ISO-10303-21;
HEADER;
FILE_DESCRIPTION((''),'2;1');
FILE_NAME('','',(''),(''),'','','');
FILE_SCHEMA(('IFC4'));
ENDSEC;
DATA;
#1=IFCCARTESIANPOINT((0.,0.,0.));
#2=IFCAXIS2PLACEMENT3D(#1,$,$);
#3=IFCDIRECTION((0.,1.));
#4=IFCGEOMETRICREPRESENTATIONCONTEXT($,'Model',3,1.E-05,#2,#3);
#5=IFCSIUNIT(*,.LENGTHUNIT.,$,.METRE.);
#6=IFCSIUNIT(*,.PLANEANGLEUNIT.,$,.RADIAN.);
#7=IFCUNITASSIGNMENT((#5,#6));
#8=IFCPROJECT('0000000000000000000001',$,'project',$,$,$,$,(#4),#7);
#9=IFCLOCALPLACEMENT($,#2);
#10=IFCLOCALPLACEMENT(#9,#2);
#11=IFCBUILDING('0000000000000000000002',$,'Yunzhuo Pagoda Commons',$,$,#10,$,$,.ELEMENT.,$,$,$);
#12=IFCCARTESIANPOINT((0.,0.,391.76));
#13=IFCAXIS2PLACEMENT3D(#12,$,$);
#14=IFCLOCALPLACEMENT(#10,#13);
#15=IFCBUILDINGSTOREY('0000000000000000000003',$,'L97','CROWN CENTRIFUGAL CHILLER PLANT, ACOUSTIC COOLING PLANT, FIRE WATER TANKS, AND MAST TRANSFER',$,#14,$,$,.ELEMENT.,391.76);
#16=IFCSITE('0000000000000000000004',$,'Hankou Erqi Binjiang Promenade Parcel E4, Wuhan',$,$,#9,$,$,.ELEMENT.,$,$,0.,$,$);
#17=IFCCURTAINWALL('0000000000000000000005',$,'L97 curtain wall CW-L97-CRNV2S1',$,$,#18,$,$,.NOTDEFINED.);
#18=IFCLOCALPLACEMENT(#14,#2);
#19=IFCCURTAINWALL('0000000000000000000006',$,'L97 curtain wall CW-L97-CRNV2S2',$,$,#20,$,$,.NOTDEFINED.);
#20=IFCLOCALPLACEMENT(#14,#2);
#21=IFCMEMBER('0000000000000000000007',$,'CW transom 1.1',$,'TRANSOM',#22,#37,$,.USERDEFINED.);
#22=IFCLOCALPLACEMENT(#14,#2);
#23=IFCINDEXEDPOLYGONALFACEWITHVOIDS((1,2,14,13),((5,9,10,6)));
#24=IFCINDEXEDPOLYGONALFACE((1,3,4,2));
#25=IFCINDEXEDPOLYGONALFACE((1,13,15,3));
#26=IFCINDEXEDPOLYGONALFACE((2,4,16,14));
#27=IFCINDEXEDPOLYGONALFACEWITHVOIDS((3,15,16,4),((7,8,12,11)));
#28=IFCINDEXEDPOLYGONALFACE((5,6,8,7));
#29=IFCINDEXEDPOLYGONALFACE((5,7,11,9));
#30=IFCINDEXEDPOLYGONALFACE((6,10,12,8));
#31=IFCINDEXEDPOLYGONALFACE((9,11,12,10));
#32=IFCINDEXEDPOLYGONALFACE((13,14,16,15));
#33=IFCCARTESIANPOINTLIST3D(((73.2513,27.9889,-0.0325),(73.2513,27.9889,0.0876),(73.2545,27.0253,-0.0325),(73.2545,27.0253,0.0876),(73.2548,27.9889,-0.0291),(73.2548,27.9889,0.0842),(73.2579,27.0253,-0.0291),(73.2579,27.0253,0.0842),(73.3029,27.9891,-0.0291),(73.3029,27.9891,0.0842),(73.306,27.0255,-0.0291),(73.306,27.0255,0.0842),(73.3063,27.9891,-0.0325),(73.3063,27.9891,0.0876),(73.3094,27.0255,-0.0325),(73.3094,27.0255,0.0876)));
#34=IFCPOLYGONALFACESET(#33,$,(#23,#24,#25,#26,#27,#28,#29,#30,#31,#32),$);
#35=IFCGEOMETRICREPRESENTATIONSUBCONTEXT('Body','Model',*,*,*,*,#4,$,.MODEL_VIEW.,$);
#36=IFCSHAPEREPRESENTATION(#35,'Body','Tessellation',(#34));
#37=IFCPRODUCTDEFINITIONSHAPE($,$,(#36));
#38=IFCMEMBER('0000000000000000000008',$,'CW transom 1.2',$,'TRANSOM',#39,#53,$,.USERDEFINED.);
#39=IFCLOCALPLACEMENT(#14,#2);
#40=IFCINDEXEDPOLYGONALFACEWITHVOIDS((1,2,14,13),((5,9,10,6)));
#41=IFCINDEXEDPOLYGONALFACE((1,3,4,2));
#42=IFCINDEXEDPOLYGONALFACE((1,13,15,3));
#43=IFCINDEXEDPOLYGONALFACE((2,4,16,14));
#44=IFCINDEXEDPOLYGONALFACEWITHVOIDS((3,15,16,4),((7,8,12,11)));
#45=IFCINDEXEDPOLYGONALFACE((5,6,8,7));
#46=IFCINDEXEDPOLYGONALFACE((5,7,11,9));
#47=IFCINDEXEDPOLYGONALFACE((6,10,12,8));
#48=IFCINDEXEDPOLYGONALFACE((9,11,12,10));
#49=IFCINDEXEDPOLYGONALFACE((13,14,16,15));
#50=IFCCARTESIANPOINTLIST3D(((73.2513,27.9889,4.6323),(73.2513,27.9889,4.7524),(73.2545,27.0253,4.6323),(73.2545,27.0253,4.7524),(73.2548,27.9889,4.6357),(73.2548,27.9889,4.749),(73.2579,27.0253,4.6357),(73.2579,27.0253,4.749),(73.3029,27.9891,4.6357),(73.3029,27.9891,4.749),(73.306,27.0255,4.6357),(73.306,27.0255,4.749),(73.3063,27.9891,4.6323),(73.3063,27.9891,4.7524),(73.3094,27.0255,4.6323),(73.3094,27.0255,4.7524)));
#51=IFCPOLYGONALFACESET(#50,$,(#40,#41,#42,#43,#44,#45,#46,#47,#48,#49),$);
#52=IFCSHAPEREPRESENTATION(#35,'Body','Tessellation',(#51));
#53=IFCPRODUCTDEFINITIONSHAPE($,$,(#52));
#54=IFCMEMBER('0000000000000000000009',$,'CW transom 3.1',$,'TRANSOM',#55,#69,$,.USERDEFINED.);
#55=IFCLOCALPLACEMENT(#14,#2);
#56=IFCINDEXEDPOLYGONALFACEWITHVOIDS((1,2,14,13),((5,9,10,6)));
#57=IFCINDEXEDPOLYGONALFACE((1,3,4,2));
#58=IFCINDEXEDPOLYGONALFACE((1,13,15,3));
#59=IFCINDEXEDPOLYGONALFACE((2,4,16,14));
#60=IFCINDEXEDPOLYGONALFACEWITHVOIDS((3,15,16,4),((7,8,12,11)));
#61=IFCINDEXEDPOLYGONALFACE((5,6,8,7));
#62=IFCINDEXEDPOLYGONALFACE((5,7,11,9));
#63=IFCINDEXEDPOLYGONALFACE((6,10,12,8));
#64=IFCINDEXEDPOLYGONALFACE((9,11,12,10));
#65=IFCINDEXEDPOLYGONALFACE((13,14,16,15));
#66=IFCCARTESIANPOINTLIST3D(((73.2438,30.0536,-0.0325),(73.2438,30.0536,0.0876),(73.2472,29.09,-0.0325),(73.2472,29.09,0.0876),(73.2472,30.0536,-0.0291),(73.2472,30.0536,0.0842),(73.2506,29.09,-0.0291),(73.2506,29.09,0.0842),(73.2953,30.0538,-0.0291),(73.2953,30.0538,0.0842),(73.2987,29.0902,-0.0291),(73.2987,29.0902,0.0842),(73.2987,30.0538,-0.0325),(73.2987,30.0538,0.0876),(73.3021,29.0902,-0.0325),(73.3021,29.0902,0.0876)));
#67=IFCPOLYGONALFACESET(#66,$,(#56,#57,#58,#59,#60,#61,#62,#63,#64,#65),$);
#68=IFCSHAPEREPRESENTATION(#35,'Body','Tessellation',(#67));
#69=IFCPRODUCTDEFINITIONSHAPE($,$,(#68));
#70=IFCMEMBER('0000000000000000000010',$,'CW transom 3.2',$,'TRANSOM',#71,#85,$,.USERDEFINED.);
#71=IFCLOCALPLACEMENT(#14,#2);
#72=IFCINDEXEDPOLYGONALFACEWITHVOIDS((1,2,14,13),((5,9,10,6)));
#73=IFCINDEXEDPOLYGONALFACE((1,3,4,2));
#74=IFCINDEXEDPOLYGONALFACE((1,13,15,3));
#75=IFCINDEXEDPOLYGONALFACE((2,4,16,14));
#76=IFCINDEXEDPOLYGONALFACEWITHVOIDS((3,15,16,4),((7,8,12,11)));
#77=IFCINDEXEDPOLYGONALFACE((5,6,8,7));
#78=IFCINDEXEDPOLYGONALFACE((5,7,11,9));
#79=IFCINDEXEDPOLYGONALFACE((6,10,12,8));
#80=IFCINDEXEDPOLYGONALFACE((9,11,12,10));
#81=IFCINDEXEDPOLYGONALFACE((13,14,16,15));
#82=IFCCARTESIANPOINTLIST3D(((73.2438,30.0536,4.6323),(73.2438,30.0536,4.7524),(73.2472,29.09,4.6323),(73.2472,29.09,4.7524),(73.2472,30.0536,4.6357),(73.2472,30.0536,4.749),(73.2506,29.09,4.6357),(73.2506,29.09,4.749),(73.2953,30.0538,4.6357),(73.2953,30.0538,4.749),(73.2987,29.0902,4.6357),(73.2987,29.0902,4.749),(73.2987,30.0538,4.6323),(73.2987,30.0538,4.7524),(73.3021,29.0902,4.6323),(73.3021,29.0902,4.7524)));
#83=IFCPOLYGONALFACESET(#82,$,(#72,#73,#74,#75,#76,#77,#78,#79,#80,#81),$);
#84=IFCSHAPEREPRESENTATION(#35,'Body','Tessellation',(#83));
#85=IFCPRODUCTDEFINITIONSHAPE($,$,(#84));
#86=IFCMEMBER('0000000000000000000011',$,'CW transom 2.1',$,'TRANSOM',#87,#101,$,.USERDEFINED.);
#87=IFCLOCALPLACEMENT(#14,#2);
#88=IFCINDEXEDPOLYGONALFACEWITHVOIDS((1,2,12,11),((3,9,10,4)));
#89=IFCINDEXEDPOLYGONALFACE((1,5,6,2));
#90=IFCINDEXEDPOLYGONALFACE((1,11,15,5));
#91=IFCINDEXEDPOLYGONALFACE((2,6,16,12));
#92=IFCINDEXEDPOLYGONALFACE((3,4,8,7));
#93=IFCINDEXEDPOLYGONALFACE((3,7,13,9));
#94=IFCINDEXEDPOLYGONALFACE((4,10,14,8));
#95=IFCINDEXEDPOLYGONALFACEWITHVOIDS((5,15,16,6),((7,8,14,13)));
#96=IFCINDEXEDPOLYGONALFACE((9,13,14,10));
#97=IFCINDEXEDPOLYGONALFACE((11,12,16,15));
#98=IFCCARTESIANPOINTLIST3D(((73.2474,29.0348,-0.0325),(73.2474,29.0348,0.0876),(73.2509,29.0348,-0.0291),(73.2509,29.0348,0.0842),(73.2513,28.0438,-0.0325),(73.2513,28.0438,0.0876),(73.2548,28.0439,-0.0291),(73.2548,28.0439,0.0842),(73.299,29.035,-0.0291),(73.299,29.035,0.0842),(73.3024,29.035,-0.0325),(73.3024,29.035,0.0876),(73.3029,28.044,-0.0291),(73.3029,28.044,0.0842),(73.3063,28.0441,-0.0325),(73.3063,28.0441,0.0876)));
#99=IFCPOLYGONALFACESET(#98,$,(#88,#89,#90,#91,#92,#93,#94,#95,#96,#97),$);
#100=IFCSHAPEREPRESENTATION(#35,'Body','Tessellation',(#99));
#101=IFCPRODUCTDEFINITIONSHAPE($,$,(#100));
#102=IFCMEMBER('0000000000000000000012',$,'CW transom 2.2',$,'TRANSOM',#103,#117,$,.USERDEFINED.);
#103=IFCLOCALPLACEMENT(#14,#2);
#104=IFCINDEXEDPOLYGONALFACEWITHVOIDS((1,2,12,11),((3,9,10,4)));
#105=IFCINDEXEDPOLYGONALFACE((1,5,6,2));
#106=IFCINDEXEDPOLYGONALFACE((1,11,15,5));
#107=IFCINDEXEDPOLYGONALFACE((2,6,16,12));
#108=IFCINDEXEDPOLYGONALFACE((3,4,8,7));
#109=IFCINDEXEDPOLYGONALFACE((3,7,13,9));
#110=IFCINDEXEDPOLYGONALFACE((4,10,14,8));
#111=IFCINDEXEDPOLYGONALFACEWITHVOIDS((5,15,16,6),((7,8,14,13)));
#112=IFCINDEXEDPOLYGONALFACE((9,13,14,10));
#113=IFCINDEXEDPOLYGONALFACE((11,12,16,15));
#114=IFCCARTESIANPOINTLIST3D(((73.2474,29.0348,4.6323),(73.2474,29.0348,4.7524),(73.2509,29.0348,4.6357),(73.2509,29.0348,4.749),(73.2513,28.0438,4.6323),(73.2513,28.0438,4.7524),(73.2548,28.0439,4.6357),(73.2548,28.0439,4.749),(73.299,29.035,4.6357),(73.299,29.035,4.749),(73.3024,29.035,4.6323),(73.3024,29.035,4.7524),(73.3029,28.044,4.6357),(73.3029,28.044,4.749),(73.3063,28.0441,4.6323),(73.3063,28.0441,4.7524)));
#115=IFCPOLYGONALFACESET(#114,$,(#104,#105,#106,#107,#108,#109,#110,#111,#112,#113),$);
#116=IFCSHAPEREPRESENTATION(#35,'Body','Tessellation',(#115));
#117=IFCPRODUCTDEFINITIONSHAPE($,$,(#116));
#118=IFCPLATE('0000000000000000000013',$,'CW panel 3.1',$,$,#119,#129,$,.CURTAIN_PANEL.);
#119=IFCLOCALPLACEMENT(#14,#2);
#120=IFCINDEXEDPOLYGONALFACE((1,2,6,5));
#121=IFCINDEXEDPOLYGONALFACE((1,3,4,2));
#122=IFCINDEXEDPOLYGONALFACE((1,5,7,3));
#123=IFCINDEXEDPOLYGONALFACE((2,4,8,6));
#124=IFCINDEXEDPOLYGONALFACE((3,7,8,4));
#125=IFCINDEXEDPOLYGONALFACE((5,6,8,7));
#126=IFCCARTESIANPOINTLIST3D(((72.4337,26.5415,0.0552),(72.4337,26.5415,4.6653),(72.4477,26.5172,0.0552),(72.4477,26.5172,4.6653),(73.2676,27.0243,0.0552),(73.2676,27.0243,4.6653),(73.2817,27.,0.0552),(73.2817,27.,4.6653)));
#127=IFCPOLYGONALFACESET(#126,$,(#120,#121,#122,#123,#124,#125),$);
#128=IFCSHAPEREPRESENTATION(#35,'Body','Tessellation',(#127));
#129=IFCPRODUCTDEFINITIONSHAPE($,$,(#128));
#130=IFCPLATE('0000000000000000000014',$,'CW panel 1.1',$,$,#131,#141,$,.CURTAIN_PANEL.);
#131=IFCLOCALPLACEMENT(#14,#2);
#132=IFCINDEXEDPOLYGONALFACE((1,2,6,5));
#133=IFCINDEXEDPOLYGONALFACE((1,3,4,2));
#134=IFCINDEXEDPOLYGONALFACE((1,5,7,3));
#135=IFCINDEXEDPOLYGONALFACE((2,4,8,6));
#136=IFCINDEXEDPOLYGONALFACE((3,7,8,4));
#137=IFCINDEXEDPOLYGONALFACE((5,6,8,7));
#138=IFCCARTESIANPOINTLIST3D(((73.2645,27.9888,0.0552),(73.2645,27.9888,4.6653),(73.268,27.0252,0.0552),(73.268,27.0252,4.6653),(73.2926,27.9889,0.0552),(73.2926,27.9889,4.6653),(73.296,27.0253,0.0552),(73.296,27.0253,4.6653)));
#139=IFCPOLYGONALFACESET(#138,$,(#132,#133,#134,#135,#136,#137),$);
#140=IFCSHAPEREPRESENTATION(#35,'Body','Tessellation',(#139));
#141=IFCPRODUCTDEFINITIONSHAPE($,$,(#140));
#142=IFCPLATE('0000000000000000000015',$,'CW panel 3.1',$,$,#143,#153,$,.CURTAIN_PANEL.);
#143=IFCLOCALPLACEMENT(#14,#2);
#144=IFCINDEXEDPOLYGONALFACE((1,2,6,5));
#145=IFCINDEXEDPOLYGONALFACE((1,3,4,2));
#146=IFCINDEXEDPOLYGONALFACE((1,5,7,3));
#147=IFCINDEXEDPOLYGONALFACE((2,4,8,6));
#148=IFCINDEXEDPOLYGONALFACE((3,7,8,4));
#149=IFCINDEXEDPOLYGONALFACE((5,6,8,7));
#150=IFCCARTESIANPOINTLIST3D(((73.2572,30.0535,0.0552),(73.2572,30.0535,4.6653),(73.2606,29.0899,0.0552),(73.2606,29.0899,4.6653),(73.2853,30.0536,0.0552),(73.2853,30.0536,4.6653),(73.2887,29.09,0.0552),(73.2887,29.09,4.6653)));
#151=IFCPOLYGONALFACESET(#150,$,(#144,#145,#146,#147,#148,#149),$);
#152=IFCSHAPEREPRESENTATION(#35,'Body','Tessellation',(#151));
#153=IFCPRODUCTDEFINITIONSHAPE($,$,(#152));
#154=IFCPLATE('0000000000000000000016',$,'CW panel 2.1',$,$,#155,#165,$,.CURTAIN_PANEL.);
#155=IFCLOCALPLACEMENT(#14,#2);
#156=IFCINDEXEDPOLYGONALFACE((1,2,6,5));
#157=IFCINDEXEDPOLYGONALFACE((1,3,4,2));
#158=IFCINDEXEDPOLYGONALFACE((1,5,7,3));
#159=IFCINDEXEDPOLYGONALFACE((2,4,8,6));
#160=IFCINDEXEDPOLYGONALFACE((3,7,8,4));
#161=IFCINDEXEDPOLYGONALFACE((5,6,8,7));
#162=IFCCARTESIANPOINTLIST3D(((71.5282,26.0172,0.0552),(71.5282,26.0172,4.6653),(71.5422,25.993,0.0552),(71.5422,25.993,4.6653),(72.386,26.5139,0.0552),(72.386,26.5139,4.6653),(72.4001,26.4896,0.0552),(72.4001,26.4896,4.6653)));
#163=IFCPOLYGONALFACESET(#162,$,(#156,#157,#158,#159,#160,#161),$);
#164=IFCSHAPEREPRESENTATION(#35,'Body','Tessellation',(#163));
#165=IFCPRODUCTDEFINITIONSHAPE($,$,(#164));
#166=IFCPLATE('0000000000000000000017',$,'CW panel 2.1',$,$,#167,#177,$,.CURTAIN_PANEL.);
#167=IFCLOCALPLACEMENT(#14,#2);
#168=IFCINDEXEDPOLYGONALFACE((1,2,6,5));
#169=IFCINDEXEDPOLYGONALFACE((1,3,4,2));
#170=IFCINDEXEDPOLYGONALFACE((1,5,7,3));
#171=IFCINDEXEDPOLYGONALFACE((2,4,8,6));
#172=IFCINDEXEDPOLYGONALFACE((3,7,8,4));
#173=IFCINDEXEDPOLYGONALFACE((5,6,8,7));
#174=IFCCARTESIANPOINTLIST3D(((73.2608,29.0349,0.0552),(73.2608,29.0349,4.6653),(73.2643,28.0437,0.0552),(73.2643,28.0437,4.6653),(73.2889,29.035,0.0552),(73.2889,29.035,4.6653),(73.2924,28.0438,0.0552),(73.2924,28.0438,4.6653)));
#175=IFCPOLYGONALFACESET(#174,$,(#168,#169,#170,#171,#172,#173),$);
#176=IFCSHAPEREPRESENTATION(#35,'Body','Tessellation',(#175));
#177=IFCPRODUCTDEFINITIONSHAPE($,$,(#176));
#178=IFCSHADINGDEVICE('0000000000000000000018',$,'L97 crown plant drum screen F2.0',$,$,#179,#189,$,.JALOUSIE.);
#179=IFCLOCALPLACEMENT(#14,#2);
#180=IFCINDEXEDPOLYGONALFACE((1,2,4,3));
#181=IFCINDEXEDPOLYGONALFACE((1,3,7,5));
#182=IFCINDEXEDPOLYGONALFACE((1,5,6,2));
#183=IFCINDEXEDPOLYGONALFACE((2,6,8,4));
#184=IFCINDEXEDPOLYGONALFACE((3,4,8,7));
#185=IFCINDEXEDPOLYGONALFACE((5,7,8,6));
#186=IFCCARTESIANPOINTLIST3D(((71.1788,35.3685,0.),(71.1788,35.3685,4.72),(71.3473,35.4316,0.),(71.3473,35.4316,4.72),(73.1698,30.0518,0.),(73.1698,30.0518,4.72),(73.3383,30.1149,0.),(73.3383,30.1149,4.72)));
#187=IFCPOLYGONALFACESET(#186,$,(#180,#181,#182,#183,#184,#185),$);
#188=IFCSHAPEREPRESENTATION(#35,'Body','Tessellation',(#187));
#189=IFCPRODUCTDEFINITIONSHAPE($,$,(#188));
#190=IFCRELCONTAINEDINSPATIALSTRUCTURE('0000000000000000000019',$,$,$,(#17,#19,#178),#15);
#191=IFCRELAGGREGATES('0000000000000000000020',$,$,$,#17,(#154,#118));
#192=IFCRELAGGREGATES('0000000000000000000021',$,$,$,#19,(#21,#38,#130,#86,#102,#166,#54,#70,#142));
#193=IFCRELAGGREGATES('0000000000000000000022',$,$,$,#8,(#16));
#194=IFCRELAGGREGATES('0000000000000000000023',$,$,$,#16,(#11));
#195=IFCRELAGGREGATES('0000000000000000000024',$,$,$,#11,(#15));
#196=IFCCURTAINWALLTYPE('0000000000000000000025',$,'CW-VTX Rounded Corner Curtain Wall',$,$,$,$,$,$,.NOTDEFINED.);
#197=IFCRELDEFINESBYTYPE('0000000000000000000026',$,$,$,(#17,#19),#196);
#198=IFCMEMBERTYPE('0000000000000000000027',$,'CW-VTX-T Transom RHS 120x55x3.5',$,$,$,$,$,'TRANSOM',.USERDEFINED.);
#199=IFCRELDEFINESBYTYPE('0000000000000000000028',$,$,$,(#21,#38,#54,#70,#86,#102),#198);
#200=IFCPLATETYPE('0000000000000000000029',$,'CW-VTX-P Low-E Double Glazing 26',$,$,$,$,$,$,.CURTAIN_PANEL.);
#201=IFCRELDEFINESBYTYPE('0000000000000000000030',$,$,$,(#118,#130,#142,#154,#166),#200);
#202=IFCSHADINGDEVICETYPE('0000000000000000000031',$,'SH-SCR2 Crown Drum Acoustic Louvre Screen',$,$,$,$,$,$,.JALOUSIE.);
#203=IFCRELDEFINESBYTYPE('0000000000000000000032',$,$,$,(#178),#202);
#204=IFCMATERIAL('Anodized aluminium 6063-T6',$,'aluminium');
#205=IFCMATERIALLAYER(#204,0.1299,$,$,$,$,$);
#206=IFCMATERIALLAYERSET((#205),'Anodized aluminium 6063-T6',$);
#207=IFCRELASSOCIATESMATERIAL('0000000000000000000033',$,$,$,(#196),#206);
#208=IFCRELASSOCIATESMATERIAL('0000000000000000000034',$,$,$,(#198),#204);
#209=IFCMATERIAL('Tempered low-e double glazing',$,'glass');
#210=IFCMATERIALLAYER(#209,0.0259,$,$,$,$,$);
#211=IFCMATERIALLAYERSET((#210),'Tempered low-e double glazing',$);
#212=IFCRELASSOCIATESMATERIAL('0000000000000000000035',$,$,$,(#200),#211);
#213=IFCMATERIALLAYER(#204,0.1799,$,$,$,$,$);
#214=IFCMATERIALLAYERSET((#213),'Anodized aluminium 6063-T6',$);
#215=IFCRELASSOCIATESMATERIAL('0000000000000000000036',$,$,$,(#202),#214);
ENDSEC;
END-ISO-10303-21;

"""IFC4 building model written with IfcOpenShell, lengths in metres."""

from ifc_helpers import new_model, si_unit, direction, frame, origin, origin_2d, place, context, subcontext, project, spatial, rectangle, hollow_rectangle, extrude, source, transform, mapped, material, layer, layer_set, material_profile, profile_set, type_object, element, aggregate, save


model = new_model("IFC4")

# Units and contexts
model_context = context("Model", 3, precision=1e-05, world=origin(), true_north=direction((0.0, 1.0)))
body_context = subcontext(model_context, "Body", "Model", "MODEL_VIEW")
ifc_project = project(units=[si_unit("LENGTHUNIT", "METRE"), si_unit("PLANEANGLEUNIT", "RADIAN")], contexts=[model_context])

# Site, building, storey
site_placement = place(None, origin())
site = spatial("IfcSite", under=ifc_project, at=site_placement, Name="Hankou Erqi Binjiang Promenade Parcel E4, Wuhan", CompositionType="ELEMENT", RefElevation=0.0)
building_placement = place(site_placement, origin())
building = spatial("IfcBuilding", under=site, at=building_placement, Name="Yunzhuo Pagoda Commons", CompositionType="ELEMENT")
storey_placement = place(building_placement, frame((0.0, 0.0, 391.76)))
storey = spatial("IfcBuildingStorey", under=building, at=storey_placement, Name="L97", Description="CROWN CENTRIFUGAL CHILLER PLANT, ACOUSTIC COOLING PLANT, FIRE WATER TANKS, AND MAST TRANSFER", CompositionType="ELEMENT", Elevation=391.76)

# Curtain wall
ifc_material_1 = material(Name="Anodized aluminium 6063-T6", Category="aluminium")
ifc_layer_1 = layer(ifc_material_1, 0.1299)
ifc_layer_set_1 = layer_set([ifc_layer_1], Name="Anodized aluminium 6063-T6")
curtain_wall_type = type_object("IfcCurtainWallType", Name="CW-VTX Rounded Corner Curtain Wall", PredefinedType="NOTDEFINED", material=ifc_layer_set_1)
curtain_wall_1_placement = place(storey_placement, origin())
curtain_wall_1 = element("IfcCurtainWall", 1, at=curtain_wall_1_placement, inside=storey, type_object=curtain_wall_type, Name="L97 curtain wall CW-L97-CRNV2S1", PredefinedType="NOTDEFINED")

# Curtain wall
curtain_wall_2_placement = place(storey_placement, origin())
curtain_wall_2 = element("IfcCurtainWall", 2, at=curtain_wall_2_placement, inside=storey, type_object=curtain_wall_type, Name="L97 curtain wall CW-L97-CRNV2S2", PredefinedType="NOTDEFINED")

# Members
ifc_material_profile_1 = material_profile(ifc_material_1, hollow_rectangle(XDim=0.0549, YDim=0.1201, WallThickness=0.0034, at=origin_2d()), Name="Anodized aluminium 6063-T6")
ifc_profile_set_1 = profile_set([ifc_material_profile_1], Name="Anodized aluminium 6063-T6")
member_type_1 = type_object("IfcMemberType", Name="CW-VTX-T Transom RHS 120x55x3.5", ElementType="TRANSOM", PredefinedType="USERDEFINED", material=ifc_profile_set_1)
shared_shape_1 = source(origin(), body_context, "Body", "SweptSolid", [
    extrude(hollow_rectangle(XDim=0.0549, YDim=0.1201, WallThickness=0.0034, at=origin_2d()), origin(), (0.0, 0.0, 1.0), 0.9636),
])
member_1_placement = place(storey_placement, frame((73.282, 27.0254, 0.0276), z_axis=(-0.003294, 0.999995, 0.0), x_axis=(-0.999995, -0.003294, 0.0)))
member_1 = element("IfcMember", 3, at=member_1_placement, type_object=member_type_1, Name="CW transom 1.1", ObjectType="TRANSOM", PredefinedType="USERDEFINED", context=body_context, shape_type="MappedRepresentation", body=[
    mapped(shared_shape_1, transform((0.0, 0.0, 0.0), scale=1.0)),
])
member_2_placement = place(storey_placement, frame((73.282, 27.0254, 4.6924), z_axis=(-0.003294, 0.999995, 0.0), x_axis=(-0.999995, -0.003294, 0.0)))
member_2 = element("IfcMember", 4, at=member_2_placement, type_object=member_type_1, Name="CW transom 1.2", ObjectType="TRANSOM", PredefinedType="USERDEFINED", context=body_context, shape_type="MappedRepresentation", body=[
    mapped(shared_shape_1, transform((0.0, 0.0, 0.0), scale=1.0)),
])
member_3_placement = place(storey_placement, frame((73.2747, 29.0901, 0.0276), z_axis=(-0.003547, 0.999994, 0.0), x_axis=(-0.999994, -0.003547, 0.0)))
member_3 = element("IfcMember", 5, at=member_3_placement, type_object=member_type_1, Name="CW transom 3.1", ObjectType="TRANSOM", PredefinedType="USERDEFINED", context=body_context, shape_type="MappedRepresentation", body=[
    mapped(shared_shape_1, transform((0.0, 0.0, 0.0), scale=1.0)),
])
member_4_placement = place(storey_placement, frame((73.2747, 29.0901, 4.6924), z_axis=(-0.003547, 0.999994, 0.0), x_axis=(-0.999994, -0.003547, 0.0)))
member_4 = element("IfcMember", 6, at=member_4_placement, type_object=member_type_1, Name="CW transom 3.2", ObjectType="TRANSOM", PredefinedType="USERDEFINED", context=body_context, shape_type="MappedRepresentation", body=[
    mapped(shared_shape_1, transform((0.0, 0.0, 0.0), scale=1.0)),
])
shared_shape_2 = source(origin(), body_context, "Body", "SweptSolid", [
    extrude(hollow_rectangle(XDim=0.0549, YDim=0.1201, WallThickness=0.0034, at=origin_2d()), origin(), (0.0, 0.0, 1.0), 0.991),
])
member_5_placement = place(storey_placement, frame((73.2788, 28.0439, 0.0276), z_axis=(-0.003942, 0.999992, 0.0), x_axis=(-0.999992, -0.003942, 0.0)))
member_5 = element("IfcMember", 7, at=member_5_placement, type_object=member_type_1, Name="CW transom 2.1", ObjectType="TRANSOM", PredefinedType="USERDEFINED", context=body_context, shape_type="MappedRepresentation", body=[
    mapped(shared_shape_2, transform((0.0, 0.0, 0.0), scale=1.0)),
])
member_6_placement = place(storey_placement, frame((73.2788, 28.0439, 4.6924), z_axis=(-0.003942, 0.999992, 0.0), x_axis=(-0.999992, -0.003942, 0.0)))
member_6 = element("IfcMember", 8, at=member_6_placement, type_object=member_type_1, Name="CW transom 2.2", ObjectType="TRANSOM", PredefinedType="USERDEFINED", context=body_context, shape_type="MappedRepresentation", body=[
    mapped(shared_shape_2, transform((0.0, 0.0, 0.0), scale=1.0)),
])

# Plates
ifc_material_2 = material(Name="Tempered low-e double glazing", Category="glass")
ifc_layer_2 = layer(ifc_material_2, 0.0259)
ifc_layer_set_2 = layer_set([ifc_layer_2], Name="Tempered low-e double glazing")
plate_type = type_object("IfcPlateType", Name="CW-VTX-P Low-E Double Glazing 26", PredefinedType="CURTAIN_PANEL", material=ifc_layer_set_2)
shared_shape_3 = source(origin(), body_context, "Body", "SweptSolid", [
    extrude(rectangle(XDim=0.9636, YDim=0.0281, at=origin_2d()), origin(), (0.0, 0.0, 1.0), 4.6101),
])
plate_1_placement = place(storey_placement, frame((72.8577, 26.7708, 0.0552), z_axis=(0.0, 0.0, 1.0), x_axis=(0.865423, 0.501041, 0.0)))
plate_1 = element("IfcPlate", 9, at=plate_1_placement, type_object=plate_type, Name="CW panel 3.1", PredefinedType="CURTAIN_PANEL", context=body_context, shape_type="MappedRepresentation", body=[
    mapped(shared_shape_3, transform((0.0, 0.0, 0.0), scale=1.0)),
])
plate_2_placement = place(storey_placement, frame((73.2803, 27.5071, 0.0552), z_axis=(0.0, 0.0, 1.0), x_axis=(-0.003569, 0.999994, 0.0)))
plate_2 = element("IfcPlate", 10, at=plate_2_placement, type_object=plate_type, Name="CW panel 1.1", PredefinedType="CURTAIN_PANEL", context=body_context, shape_type="MappedRepresentation", body=[
    mapped(shared_shape_3, transform((0.0, 0.0, 0.0), scale=1.0)),
])
plate_3_placement = place(storey_placement, frame((73.2729, 29.5718, 0.0552), z_axis=(0.0, 0.0, 1.0), x_axis=(-0.003569, 0.999994, 0.0)))
plate_3 = element("IfcPlate", 11, at=plate_3_placement, type_object=plate_type, Name="CW panel 3.1", PredefinedType="CURTAIN_PANEL", context=body_context, shape_type="MappedRepresentation", body=[
    mapped(shared_shape_3, transform((0.0, 0.0, 0.0), scale=1.0)),
])
shared_shape_4 = source(origin(), body_context, "Body", "SweptSolid", [
    extrude(rectangle(XDim=0.9912, YDim=0.0281, at=origin_2d()), origin(), (0.0, 0.0, 1.0), 4.6101),
])
plate_4_placement = place(storey_placement, frame((71.9641, 26.2534, 0.0552), z_axis=(0.0, 0.0, 1.0), x_axis=(0.865423, 0.501041, 0.0)))
plate_4 = element("IfcPlate", 12, at=plate_4_placement, type_object=plate_type, Name="CW panel 2.1", PredefinedType="CURTAIN_PANEL", context=body_context, shape_type="MappedRepresentation", body=[
    mapped(shared_shape_4, transform((0.0, 0.0, 0.0), scale=1.0)),
])
aggregate(curtain_wall_1, [plate_4, plate_1])
plate_5_placement = place(storey_placement, frame((73.2766, 28.5393, 0.0552), z_axis=(0.0, 0.0, 1.0), x_axis=(-0.003569, 0.999994, 0.0)))
plate_5 = element("IfcPlate", 13, at=plate_5_placement, type_object=plate_type, Name="CW panel 2.1", PredefinedType="CURTAIN_PANEL", context=body_context, shape_type="MappedRepresentation", body=[
    mapped(shared_shape_4, transform((0.0, 0.0, 0.0), scale=1.0)),
])
aggregate(curtain_wall_2, [member_1, member_2, plate_2, member_5, member_6, plate_5, member_3, member_4, plate_3])

# Shading device
ifc_layer_3 = layer(ifc_material_1, 0.1799)
ifc_layer_set_3 = layer_set([ifc_layer_3], Name="Anodized aluminium 6063-T6")
shading_device_type = type_object("IfcShadingDeviceType", Name="SH-SCR2 Crown Drum Acoustic Louvre Screen", PredefinedType="JALOUSIE", material=ifc_layer_set_3)
shared_shape_5 = source(origin(), body_context, "Body", "SweptSolid", [
    extrude(rectangle(XDim=5.6772, YDim=0.1799, at=origin_2d()), origin(), (0.0, 0.0, 1.0), 4.72),
])
shading_device_placement = place(storey_placement, frame((72.2585, 32.7417, 0.0), z_axis=(0.0, 0.0, 1.0), x_axis=(-0.350698, 0.936489, 0.0)))
element("IfcShadingDevice", 14, at=shading_device_placement, inside=storey, type_object=shading_device_type, Name="L97 crown plant drum screen F2.0", PredefinedType="JALOUSIE", context=body_context, shape_type="MappedRepresentation", body=[
    mapped(shared_shape_5, transform((0.0, 0.0, 0.0), scale=1.0)),
])

save(model, "model.ifc")
